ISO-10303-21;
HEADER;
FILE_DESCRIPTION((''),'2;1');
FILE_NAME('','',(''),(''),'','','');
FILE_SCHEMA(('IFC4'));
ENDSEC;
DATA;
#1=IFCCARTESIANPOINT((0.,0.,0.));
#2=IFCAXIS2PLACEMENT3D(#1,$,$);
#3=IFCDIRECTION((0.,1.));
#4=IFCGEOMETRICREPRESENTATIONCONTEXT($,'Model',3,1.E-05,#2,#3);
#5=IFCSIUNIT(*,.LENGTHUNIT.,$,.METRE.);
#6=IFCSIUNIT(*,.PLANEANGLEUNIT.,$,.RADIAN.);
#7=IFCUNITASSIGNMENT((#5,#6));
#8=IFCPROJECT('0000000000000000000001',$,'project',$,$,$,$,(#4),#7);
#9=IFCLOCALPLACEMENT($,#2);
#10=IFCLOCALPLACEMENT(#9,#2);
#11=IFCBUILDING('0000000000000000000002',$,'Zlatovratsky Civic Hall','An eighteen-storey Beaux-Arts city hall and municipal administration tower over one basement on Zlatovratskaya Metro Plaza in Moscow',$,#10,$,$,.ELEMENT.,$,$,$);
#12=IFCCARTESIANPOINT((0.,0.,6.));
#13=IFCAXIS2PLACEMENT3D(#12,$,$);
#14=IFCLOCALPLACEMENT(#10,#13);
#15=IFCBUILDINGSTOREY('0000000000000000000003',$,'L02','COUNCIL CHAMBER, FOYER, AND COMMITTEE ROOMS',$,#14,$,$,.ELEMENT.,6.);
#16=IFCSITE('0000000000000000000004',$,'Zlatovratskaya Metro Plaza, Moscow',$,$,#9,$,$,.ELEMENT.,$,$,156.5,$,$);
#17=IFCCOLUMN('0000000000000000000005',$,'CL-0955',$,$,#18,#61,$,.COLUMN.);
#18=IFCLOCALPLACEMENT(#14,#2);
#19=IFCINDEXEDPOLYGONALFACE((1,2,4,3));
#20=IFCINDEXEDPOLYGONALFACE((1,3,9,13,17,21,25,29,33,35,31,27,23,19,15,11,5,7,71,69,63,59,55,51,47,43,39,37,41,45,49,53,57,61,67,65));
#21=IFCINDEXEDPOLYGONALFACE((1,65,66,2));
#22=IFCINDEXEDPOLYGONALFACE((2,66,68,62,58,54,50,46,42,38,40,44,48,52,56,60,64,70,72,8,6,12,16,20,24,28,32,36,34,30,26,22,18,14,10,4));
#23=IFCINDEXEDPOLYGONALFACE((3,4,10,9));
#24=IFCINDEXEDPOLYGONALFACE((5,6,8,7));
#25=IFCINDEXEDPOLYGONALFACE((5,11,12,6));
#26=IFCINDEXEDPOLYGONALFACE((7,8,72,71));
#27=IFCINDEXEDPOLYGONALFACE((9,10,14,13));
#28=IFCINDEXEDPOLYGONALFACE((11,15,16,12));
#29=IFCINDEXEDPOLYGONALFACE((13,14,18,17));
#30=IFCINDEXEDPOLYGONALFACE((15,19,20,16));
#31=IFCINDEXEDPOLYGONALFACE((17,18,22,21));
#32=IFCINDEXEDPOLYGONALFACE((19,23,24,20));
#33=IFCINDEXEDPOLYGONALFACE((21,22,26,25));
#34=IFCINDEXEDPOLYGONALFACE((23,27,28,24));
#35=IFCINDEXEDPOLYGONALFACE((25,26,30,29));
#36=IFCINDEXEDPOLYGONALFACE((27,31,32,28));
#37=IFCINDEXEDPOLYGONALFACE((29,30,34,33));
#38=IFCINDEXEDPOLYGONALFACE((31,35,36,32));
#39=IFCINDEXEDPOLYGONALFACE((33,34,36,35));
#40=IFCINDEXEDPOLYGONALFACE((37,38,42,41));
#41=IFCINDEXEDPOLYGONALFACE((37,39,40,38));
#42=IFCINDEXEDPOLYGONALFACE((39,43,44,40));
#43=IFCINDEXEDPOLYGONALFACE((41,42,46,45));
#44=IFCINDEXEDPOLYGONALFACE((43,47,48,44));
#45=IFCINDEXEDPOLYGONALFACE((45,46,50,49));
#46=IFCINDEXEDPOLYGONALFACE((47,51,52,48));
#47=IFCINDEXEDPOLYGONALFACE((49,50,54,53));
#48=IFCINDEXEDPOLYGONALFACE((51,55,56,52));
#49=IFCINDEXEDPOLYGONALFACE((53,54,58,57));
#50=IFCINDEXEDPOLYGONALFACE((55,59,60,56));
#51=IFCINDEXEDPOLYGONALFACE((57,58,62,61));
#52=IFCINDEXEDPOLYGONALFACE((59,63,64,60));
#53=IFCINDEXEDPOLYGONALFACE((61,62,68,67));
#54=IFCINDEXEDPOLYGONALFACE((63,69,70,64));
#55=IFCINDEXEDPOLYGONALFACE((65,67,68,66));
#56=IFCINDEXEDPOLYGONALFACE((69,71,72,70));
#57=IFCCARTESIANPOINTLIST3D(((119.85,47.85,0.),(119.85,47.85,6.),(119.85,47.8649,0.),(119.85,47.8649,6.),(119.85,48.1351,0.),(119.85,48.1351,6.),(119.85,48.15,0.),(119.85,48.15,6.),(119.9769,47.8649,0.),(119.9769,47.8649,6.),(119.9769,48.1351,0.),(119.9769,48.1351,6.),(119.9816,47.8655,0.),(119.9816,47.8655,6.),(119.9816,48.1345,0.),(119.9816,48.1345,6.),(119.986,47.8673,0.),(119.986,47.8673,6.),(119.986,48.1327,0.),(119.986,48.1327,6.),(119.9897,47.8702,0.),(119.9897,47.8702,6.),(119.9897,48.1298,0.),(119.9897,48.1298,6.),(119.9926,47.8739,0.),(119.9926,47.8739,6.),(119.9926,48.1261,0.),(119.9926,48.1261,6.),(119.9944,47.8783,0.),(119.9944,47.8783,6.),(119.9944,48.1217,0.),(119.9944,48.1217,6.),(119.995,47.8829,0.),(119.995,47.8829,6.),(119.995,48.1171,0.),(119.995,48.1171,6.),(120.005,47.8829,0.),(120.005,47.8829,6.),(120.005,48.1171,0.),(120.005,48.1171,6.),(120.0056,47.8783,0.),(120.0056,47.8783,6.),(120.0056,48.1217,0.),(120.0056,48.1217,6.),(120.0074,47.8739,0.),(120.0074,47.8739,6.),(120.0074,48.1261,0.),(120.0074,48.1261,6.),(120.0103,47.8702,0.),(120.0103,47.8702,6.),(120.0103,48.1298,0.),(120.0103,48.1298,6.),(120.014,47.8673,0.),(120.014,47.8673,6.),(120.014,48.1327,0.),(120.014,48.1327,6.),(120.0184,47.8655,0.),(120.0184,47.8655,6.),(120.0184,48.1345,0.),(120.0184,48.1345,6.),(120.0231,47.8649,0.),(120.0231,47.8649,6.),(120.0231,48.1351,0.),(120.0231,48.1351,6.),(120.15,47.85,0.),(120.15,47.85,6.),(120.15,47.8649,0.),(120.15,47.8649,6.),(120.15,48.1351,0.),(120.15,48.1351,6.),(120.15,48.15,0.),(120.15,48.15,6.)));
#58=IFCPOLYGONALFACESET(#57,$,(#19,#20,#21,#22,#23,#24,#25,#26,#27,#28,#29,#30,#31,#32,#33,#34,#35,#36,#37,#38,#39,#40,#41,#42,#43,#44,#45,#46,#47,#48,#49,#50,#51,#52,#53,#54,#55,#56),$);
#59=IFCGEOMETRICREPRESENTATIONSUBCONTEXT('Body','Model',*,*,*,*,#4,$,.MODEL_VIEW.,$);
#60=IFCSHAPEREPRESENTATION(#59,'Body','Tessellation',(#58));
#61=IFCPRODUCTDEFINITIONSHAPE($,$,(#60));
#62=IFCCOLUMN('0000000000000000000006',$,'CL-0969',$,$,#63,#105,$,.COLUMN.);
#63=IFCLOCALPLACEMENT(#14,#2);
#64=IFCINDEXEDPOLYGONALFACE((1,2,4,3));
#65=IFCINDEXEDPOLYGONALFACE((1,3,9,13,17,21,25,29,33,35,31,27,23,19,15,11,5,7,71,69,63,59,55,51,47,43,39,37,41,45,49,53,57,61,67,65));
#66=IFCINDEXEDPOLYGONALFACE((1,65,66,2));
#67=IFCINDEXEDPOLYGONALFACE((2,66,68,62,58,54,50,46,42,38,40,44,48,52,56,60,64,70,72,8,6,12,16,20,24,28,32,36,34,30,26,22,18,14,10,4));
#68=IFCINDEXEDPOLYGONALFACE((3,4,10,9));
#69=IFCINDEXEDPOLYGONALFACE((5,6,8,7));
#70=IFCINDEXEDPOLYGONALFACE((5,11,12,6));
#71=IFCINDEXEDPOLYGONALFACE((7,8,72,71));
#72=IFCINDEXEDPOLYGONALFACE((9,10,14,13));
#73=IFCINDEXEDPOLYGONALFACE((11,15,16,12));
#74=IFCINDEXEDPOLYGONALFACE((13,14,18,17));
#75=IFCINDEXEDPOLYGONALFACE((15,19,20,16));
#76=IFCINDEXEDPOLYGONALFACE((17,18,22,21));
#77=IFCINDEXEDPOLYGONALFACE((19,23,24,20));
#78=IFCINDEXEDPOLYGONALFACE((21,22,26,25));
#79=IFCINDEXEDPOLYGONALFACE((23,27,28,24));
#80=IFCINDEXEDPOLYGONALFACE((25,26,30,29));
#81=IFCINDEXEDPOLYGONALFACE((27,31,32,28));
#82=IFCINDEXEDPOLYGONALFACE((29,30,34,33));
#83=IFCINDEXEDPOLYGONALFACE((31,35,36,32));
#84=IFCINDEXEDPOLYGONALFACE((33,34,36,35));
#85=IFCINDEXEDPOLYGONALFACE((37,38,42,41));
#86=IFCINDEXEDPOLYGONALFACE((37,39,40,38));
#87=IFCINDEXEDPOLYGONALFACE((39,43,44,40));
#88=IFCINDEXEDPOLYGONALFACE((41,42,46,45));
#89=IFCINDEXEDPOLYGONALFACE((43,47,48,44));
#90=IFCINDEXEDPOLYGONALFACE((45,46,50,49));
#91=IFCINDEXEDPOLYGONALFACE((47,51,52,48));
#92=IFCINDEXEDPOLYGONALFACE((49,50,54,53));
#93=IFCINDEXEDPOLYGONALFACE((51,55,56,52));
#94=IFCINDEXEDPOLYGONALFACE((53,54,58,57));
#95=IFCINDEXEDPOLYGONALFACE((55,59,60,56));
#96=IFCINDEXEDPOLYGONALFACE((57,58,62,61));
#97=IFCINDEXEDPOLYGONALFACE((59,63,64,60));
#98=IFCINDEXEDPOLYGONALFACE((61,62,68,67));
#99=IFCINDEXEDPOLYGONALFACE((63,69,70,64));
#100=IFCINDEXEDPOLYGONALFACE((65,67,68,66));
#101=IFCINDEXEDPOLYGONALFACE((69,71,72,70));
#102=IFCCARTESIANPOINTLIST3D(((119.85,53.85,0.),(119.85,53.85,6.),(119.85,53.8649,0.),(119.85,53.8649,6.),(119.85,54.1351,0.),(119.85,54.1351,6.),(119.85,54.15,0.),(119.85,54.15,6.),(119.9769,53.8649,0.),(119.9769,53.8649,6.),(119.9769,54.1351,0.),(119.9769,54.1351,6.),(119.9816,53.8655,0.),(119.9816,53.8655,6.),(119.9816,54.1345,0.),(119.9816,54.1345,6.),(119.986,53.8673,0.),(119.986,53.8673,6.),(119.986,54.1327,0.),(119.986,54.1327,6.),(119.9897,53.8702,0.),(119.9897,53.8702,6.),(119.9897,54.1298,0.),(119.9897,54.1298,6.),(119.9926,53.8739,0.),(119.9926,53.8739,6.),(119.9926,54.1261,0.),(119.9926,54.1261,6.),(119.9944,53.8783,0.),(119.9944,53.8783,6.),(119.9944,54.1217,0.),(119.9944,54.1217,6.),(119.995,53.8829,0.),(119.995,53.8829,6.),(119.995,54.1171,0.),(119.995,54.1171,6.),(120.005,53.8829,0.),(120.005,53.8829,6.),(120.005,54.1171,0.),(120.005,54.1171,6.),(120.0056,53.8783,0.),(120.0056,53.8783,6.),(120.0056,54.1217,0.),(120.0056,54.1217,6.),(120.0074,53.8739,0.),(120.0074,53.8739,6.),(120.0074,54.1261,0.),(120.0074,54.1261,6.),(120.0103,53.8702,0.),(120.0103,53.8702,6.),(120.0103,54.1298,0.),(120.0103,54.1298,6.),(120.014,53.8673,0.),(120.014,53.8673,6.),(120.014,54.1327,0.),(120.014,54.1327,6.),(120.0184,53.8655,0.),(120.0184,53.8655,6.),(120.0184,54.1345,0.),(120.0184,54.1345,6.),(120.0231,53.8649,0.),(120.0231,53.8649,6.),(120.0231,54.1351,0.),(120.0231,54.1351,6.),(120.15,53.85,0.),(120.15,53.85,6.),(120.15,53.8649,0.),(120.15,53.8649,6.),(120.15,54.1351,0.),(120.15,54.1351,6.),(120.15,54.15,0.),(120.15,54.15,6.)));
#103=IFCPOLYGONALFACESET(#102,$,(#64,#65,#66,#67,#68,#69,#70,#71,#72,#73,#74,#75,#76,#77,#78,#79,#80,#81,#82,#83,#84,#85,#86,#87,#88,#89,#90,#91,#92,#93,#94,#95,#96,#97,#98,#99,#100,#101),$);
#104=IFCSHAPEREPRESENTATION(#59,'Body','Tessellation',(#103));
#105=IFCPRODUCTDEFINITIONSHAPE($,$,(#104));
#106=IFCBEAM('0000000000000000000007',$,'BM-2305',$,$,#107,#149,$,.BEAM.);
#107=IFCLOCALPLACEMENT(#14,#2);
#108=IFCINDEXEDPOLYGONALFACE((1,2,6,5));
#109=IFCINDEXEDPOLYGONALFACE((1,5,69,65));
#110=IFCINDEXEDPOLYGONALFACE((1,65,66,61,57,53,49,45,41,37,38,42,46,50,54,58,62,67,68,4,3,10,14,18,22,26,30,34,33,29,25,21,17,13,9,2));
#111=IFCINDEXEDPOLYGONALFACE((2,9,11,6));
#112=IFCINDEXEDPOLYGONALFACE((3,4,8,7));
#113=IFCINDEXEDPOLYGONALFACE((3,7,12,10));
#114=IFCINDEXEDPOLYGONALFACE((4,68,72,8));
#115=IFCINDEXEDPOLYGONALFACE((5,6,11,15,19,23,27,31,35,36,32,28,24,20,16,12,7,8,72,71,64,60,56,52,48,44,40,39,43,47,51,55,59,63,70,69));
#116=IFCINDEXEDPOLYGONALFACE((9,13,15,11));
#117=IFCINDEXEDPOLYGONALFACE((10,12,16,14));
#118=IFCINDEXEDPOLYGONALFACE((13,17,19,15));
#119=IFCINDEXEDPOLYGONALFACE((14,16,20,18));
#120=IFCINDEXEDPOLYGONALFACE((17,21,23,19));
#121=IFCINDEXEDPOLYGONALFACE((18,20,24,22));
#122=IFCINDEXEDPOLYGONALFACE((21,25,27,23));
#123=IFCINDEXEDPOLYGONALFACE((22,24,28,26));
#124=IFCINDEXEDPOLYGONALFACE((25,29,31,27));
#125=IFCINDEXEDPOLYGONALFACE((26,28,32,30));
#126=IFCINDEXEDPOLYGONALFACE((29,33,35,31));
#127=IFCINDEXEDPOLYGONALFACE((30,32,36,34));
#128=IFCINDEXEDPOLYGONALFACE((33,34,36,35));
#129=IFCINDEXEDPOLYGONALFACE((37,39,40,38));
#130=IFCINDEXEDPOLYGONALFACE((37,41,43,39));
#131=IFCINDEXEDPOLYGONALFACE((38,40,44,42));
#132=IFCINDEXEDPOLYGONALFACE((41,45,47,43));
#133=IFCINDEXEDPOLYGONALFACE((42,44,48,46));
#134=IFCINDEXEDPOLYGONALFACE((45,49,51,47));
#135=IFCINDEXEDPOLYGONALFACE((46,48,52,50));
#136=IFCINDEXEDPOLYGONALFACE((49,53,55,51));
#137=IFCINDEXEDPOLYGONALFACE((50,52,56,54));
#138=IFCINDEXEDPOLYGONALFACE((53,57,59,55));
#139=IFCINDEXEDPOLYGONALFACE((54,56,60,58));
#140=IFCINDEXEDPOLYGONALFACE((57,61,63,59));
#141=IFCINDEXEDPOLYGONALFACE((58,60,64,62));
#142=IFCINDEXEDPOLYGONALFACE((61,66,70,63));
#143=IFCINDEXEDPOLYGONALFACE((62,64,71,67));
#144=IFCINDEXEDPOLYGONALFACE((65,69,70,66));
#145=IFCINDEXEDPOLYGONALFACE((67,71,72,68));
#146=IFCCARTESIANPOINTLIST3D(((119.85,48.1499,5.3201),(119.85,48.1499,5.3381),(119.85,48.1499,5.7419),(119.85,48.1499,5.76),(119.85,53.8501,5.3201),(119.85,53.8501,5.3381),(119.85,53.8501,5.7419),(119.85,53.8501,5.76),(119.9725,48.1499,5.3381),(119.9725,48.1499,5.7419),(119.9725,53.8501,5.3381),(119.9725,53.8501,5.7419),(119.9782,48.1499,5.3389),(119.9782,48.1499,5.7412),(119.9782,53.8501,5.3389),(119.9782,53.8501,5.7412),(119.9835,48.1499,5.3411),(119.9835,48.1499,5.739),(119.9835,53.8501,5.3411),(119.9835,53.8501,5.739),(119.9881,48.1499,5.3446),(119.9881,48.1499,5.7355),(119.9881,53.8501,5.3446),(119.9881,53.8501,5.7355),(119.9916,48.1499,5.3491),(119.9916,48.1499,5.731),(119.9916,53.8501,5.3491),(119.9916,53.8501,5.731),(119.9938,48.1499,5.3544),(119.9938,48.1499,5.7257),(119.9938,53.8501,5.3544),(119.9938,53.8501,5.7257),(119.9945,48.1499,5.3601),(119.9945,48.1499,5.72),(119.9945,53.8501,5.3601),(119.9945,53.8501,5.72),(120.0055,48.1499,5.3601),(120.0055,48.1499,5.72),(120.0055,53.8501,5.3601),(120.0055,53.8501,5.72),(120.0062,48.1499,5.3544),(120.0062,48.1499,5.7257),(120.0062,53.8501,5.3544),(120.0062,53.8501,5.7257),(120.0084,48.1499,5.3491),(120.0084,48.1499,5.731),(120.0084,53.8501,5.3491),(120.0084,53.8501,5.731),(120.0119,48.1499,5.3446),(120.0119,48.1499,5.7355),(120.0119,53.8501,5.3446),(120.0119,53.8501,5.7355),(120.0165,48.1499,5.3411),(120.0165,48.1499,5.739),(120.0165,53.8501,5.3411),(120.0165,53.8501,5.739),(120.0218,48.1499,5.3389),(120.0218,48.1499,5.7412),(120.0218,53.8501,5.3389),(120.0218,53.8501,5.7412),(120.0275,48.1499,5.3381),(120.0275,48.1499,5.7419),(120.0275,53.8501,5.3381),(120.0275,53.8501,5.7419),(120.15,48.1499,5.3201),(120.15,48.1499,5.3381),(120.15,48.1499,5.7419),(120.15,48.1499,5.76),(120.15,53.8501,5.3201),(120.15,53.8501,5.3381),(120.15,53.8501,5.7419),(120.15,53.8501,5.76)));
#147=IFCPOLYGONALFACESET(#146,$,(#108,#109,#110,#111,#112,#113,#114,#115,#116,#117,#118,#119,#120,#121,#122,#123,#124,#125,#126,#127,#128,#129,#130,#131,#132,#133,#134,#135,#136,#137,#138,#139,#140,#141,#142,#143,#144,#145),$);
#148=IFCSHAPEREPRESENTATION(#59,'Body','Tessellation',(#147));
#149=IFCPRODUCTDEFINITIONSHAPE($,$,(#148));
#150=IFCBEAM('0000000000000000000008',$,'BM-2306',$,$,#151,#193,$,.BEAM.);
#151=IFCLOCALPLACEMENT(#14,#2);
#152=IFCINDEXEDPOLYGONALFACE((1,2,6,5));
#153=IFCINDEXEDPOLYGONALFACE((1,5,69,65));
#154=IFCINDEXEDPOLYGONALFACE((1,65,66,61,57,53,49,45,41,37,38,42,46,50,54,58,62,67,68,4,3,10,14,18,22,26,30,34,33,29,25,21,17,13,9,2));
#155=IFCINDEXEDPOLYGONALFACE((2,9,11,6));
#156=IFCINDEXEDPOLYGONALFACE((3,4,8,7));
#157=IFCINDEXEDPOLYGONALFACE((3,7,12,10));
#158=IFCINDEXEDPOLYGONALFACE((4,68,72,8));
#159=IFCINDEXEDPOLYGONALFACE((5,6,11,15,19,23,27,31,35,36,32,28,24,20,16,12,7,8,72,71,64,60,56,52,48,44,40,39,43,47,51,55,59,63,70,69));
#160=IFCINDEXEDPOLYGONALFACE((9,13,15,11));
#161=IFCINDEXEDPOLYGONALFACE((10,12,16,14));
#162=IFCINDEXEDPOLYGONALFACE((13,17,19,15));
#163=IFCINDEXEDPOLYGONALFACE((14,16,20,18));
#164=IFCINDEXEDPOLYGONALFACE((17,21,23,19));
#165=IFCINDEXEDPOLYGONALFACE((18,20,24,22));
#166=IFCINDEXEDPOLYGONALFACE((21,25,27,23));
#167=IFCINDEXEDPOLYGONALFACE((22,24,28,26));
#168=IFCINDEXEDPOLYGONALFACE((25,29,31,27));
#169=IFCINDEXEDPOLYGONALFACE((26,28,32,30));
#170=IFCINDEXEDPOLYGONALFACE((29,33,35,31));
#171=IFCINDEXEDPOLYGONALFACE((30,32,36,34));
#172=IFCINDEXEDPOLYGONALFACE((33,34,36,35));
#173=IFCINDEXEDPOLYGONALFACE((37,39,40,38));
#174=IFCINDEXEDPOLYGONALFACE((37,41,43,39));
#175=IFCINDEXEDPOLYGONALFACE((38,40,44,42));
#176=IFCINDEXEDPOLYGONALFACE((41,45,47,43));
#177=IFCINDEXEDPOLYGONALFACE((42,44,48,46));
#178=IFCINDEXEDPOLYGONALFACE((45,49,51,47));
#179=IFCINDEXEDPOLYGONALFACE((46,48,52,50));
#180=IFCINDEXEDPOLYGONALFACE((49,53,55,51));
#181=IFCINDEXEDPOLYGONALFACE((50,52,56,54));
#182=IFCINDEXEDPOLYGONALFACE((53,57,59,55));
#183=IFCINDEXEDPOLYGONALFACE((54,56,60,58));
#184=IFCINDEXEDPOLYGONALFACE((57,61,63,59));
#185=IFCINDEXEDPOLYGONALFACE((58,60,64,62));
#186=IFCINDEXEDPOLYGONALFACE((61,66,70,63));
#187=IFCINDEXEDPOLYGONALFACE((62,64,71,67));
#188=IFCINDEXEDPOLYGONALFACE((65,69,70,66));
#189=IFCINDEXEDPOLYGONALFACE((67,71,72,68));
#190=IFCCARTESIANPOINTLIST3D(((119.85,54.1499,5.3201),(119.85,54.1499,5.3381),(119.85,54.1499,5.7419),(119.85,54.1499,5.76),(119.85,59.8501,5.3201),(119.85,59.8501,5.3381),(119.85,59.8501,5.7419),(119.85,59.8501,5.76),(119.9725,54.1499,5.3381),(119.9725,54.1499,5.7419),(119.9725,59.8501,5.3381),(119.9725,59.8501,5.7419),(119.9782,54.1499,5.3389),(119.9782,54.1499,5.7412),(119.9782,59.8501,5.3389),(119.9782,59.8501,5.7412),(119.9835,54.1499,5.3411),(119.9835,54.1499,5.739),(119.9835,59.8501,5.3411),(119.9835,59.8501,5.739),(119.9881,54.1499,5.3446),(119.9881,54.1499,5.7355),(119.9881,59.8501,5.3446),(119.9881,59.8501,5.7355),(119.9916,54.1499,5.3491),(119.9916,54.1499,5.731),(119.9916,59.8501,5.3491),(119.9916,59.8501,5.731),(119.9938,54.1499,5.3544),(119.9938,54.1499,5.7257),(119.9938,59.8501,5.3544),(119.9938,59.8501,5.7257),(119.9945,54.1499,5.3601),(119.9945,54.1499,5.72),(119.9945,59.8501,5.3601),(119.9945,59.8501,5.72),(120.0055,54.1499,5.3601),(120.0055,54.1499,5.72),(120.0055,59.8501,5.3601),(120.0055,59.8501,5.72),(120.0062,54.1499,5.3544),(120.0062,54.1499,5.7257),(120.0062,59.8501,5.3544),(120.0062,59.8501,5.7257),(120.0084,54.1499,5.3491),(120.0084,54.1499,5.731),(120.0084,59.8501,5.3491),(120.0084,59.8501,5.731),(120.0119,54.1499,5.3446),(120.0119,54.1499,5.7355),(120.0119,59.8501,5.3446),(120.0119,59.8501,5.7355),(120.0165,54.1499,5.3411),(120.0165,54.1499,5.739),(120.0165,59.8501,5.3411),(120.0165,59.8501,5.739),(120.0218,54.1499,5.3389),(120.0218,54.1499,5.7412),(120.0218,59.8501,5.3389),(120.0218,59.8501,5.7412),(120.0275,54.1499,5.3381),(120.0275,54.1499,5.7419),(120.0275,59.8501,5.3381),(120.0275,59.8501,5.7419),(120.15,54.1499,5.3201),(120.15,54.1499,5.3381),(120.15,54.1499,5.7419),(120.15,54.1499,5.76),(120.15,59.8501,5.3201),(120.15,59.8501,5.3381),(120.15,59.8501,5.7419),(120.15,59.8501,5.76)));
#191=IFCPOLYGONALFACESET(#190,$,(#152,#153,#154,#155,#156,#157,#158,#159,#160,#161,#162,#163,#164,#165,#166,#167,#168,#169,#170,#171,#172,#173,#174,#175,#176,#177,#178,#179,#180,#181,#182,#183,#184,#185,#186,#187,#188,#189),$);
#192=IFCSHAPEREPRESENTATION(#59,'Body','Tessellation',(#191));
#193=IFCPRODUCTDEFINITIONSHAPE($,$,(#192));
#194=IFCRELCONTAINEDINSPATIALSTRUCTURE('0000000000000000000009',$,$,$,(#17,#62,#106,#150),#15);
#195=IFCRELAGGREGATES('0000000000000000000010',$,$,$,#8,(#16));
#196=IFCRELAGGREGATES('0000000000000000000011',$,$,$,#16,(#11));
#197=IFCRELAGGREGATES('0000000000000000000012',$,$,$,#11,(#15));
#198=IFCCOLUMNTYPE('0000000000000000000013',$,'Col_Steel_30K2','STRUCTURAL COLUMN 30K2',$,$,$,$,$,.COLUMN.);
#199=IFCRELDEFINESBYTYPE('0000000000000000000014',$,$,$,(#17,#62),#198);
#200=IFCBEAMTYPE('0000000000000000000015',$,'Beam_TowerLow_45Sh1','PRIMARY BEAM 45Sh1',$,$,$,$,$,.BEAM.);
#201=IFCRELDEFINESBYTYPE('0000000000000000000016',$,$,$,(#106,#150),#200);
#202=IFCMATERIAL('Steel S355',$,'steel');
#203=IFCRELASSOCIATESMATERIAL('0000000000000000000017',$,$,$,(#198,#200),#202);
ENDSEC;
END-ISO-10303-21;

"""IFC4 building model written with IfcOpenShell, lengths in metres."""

from ifc_helpers import new_model, si_unit, direction, frame, origin, origin_2d, place, context, subcontext, project, spatial, i_section, extrude, material, material_profile, profile_set, type_object, element, save


model = new_model("IFC4")

# Units and contexts
model_context = context("Model", 3, precision=1e-05, world=origin(), true_north=direction((0.0, 1.0)))
body_context = subcontext(model_context, "Body", "Model", "MODEL_VIEW")
ifc_project = project(units=[si_unit("LENGTHUNIT", "METRE"), si_unit("PLANEANGLEUNIT", "RADIAN")], contexts=[model_context])

# Site, building, storey
site_placement = place(None, origin())
site = spatial("IfcSite", under=ifc_project, at=site_placement, Name="Zlatovratskaya Metro Plaza, Moscow", CompositionType="ELEMENT", RefElevation=156.5)
building_placement = place(site_placement, origin())
building = spatial("IfcBuilding", under=site, at=building_placement, Name="Zlatovratsky Civic Hall", Description="An eighteen-storey Beaux-Arts city hall and municipal administration tower over one basement on Zlatovratskaya Metro Plaza in Moscow", CompositionType="ELEMENT")
storey_placement = place(building_placement, frame((0.0, 0.0, 6.0)))
storey = spatial("IfcBuildingStorey", under=building, at=storey_placement, Name="L02", Description="COUNCIL CHAMBER, FOYER, AND COMMITTEE ROOMS", CompositionType="ELEMENT", Elevation=6.0)

# Columns
ifc_material_1 = material(Name="Steel S355", Category="steel")
ifc_material_profile_1 = material_profile(ifc_material_1, i_section(OverallWidth=0.3, OverallDepth=0.3, WebThickness=0.01, FlangeThickness=0.0149, FilletRadius=0.0181, at=origin_2d()), Name="30K2")
ifc_profile_set_1 = profile_set([ifc_material_profile_1], Name="Steel S355")
column_type = type_object("IfcColumnType", Name="Col_Steel_30K2", Description="STRUCTURAL COLUMN 30K2", PredefinedType="COLUMN", material=ifc_profile_set_1)
for number, where, z_axis, x_axis, name in (
    (1, (120.0, 48.0, 0.0), (0.0, 0.0, 1.0), (1.0, 0.0, 0.0), "CL-0955"),
    (2, (120.0, 54.0, 0.0), (0.0, 0.0, 1.0), (1.0, 0.0, 0.0), "CL-0969"),
):
    element("IfcColumn", number, at=place(storey_placement, frame(where, z_axis=z_axis, x_axis=x_axis)), inside=storey, type_object=column_type, Name=name, PredefinedType="COLUMN", context=body_context, shape_type="SweptSolid", body=[
        extrude(i_section(OverallWidth=0.3, OverallDepth=0.3, WebThickness=0.01, FlangeThickness=0.0149, FilletRadius=0.0181, at=origin_2d()), origin(), (0.0, 0.0, 1.0), 6.0),
    ])

# Beams
ifc_material_profile_2 = material_profile(ifc_material_1, i_section(OverallWidth=0.3, OverallDepth=0.4399, WebThickness=0.011, FlangeThickness=0.0181, FilletRadius=0.022, at=origin_2d()), Name="45Sh1")
ifc_profile_set_2 = profile_set([ifc_material_profile_2], Name="Steel S355")
beam_type = type_object("IfcBeamType", Name="Beam_TowerLow_45Sh1", Description="PRIMARY BEAM 45Sh1", PredefinedType="BEAM", material=ifc_profile_set_2)
for number, where, z_axis, x_axis, name in (
    (3, (120.0, 48.1499, 5.54), (0.0, 1.0, 0.0), (-1.0, 0.0, 0.0), "BM-2305"),
    (4, (120.0, 54.1499, 5.54), (0.0, 1.0, 0.0), (-1.0, 0.0, 0.0), "BM-2306"),
):
    element("IfcBeam", number, at=place(storey_placement, frame(where, z_axis=z_axis, x_axis=x_axis)), inside=storey, type_object=beam_type, Name=name, PredefinedType="BEAM", context=body_context, shape_type="SweptSolid", body=[
        extrude(i_section(OverallWidth=0.3, OverallDepth=0.4399, WebThickness=0.011, FlangeThickness=0.0181, FilletRadius=0.022, at=origin_2d()), origin(), (0.0, 0.0, 1.0), 5.7002),
    ])

save(model, "model.ifc")
